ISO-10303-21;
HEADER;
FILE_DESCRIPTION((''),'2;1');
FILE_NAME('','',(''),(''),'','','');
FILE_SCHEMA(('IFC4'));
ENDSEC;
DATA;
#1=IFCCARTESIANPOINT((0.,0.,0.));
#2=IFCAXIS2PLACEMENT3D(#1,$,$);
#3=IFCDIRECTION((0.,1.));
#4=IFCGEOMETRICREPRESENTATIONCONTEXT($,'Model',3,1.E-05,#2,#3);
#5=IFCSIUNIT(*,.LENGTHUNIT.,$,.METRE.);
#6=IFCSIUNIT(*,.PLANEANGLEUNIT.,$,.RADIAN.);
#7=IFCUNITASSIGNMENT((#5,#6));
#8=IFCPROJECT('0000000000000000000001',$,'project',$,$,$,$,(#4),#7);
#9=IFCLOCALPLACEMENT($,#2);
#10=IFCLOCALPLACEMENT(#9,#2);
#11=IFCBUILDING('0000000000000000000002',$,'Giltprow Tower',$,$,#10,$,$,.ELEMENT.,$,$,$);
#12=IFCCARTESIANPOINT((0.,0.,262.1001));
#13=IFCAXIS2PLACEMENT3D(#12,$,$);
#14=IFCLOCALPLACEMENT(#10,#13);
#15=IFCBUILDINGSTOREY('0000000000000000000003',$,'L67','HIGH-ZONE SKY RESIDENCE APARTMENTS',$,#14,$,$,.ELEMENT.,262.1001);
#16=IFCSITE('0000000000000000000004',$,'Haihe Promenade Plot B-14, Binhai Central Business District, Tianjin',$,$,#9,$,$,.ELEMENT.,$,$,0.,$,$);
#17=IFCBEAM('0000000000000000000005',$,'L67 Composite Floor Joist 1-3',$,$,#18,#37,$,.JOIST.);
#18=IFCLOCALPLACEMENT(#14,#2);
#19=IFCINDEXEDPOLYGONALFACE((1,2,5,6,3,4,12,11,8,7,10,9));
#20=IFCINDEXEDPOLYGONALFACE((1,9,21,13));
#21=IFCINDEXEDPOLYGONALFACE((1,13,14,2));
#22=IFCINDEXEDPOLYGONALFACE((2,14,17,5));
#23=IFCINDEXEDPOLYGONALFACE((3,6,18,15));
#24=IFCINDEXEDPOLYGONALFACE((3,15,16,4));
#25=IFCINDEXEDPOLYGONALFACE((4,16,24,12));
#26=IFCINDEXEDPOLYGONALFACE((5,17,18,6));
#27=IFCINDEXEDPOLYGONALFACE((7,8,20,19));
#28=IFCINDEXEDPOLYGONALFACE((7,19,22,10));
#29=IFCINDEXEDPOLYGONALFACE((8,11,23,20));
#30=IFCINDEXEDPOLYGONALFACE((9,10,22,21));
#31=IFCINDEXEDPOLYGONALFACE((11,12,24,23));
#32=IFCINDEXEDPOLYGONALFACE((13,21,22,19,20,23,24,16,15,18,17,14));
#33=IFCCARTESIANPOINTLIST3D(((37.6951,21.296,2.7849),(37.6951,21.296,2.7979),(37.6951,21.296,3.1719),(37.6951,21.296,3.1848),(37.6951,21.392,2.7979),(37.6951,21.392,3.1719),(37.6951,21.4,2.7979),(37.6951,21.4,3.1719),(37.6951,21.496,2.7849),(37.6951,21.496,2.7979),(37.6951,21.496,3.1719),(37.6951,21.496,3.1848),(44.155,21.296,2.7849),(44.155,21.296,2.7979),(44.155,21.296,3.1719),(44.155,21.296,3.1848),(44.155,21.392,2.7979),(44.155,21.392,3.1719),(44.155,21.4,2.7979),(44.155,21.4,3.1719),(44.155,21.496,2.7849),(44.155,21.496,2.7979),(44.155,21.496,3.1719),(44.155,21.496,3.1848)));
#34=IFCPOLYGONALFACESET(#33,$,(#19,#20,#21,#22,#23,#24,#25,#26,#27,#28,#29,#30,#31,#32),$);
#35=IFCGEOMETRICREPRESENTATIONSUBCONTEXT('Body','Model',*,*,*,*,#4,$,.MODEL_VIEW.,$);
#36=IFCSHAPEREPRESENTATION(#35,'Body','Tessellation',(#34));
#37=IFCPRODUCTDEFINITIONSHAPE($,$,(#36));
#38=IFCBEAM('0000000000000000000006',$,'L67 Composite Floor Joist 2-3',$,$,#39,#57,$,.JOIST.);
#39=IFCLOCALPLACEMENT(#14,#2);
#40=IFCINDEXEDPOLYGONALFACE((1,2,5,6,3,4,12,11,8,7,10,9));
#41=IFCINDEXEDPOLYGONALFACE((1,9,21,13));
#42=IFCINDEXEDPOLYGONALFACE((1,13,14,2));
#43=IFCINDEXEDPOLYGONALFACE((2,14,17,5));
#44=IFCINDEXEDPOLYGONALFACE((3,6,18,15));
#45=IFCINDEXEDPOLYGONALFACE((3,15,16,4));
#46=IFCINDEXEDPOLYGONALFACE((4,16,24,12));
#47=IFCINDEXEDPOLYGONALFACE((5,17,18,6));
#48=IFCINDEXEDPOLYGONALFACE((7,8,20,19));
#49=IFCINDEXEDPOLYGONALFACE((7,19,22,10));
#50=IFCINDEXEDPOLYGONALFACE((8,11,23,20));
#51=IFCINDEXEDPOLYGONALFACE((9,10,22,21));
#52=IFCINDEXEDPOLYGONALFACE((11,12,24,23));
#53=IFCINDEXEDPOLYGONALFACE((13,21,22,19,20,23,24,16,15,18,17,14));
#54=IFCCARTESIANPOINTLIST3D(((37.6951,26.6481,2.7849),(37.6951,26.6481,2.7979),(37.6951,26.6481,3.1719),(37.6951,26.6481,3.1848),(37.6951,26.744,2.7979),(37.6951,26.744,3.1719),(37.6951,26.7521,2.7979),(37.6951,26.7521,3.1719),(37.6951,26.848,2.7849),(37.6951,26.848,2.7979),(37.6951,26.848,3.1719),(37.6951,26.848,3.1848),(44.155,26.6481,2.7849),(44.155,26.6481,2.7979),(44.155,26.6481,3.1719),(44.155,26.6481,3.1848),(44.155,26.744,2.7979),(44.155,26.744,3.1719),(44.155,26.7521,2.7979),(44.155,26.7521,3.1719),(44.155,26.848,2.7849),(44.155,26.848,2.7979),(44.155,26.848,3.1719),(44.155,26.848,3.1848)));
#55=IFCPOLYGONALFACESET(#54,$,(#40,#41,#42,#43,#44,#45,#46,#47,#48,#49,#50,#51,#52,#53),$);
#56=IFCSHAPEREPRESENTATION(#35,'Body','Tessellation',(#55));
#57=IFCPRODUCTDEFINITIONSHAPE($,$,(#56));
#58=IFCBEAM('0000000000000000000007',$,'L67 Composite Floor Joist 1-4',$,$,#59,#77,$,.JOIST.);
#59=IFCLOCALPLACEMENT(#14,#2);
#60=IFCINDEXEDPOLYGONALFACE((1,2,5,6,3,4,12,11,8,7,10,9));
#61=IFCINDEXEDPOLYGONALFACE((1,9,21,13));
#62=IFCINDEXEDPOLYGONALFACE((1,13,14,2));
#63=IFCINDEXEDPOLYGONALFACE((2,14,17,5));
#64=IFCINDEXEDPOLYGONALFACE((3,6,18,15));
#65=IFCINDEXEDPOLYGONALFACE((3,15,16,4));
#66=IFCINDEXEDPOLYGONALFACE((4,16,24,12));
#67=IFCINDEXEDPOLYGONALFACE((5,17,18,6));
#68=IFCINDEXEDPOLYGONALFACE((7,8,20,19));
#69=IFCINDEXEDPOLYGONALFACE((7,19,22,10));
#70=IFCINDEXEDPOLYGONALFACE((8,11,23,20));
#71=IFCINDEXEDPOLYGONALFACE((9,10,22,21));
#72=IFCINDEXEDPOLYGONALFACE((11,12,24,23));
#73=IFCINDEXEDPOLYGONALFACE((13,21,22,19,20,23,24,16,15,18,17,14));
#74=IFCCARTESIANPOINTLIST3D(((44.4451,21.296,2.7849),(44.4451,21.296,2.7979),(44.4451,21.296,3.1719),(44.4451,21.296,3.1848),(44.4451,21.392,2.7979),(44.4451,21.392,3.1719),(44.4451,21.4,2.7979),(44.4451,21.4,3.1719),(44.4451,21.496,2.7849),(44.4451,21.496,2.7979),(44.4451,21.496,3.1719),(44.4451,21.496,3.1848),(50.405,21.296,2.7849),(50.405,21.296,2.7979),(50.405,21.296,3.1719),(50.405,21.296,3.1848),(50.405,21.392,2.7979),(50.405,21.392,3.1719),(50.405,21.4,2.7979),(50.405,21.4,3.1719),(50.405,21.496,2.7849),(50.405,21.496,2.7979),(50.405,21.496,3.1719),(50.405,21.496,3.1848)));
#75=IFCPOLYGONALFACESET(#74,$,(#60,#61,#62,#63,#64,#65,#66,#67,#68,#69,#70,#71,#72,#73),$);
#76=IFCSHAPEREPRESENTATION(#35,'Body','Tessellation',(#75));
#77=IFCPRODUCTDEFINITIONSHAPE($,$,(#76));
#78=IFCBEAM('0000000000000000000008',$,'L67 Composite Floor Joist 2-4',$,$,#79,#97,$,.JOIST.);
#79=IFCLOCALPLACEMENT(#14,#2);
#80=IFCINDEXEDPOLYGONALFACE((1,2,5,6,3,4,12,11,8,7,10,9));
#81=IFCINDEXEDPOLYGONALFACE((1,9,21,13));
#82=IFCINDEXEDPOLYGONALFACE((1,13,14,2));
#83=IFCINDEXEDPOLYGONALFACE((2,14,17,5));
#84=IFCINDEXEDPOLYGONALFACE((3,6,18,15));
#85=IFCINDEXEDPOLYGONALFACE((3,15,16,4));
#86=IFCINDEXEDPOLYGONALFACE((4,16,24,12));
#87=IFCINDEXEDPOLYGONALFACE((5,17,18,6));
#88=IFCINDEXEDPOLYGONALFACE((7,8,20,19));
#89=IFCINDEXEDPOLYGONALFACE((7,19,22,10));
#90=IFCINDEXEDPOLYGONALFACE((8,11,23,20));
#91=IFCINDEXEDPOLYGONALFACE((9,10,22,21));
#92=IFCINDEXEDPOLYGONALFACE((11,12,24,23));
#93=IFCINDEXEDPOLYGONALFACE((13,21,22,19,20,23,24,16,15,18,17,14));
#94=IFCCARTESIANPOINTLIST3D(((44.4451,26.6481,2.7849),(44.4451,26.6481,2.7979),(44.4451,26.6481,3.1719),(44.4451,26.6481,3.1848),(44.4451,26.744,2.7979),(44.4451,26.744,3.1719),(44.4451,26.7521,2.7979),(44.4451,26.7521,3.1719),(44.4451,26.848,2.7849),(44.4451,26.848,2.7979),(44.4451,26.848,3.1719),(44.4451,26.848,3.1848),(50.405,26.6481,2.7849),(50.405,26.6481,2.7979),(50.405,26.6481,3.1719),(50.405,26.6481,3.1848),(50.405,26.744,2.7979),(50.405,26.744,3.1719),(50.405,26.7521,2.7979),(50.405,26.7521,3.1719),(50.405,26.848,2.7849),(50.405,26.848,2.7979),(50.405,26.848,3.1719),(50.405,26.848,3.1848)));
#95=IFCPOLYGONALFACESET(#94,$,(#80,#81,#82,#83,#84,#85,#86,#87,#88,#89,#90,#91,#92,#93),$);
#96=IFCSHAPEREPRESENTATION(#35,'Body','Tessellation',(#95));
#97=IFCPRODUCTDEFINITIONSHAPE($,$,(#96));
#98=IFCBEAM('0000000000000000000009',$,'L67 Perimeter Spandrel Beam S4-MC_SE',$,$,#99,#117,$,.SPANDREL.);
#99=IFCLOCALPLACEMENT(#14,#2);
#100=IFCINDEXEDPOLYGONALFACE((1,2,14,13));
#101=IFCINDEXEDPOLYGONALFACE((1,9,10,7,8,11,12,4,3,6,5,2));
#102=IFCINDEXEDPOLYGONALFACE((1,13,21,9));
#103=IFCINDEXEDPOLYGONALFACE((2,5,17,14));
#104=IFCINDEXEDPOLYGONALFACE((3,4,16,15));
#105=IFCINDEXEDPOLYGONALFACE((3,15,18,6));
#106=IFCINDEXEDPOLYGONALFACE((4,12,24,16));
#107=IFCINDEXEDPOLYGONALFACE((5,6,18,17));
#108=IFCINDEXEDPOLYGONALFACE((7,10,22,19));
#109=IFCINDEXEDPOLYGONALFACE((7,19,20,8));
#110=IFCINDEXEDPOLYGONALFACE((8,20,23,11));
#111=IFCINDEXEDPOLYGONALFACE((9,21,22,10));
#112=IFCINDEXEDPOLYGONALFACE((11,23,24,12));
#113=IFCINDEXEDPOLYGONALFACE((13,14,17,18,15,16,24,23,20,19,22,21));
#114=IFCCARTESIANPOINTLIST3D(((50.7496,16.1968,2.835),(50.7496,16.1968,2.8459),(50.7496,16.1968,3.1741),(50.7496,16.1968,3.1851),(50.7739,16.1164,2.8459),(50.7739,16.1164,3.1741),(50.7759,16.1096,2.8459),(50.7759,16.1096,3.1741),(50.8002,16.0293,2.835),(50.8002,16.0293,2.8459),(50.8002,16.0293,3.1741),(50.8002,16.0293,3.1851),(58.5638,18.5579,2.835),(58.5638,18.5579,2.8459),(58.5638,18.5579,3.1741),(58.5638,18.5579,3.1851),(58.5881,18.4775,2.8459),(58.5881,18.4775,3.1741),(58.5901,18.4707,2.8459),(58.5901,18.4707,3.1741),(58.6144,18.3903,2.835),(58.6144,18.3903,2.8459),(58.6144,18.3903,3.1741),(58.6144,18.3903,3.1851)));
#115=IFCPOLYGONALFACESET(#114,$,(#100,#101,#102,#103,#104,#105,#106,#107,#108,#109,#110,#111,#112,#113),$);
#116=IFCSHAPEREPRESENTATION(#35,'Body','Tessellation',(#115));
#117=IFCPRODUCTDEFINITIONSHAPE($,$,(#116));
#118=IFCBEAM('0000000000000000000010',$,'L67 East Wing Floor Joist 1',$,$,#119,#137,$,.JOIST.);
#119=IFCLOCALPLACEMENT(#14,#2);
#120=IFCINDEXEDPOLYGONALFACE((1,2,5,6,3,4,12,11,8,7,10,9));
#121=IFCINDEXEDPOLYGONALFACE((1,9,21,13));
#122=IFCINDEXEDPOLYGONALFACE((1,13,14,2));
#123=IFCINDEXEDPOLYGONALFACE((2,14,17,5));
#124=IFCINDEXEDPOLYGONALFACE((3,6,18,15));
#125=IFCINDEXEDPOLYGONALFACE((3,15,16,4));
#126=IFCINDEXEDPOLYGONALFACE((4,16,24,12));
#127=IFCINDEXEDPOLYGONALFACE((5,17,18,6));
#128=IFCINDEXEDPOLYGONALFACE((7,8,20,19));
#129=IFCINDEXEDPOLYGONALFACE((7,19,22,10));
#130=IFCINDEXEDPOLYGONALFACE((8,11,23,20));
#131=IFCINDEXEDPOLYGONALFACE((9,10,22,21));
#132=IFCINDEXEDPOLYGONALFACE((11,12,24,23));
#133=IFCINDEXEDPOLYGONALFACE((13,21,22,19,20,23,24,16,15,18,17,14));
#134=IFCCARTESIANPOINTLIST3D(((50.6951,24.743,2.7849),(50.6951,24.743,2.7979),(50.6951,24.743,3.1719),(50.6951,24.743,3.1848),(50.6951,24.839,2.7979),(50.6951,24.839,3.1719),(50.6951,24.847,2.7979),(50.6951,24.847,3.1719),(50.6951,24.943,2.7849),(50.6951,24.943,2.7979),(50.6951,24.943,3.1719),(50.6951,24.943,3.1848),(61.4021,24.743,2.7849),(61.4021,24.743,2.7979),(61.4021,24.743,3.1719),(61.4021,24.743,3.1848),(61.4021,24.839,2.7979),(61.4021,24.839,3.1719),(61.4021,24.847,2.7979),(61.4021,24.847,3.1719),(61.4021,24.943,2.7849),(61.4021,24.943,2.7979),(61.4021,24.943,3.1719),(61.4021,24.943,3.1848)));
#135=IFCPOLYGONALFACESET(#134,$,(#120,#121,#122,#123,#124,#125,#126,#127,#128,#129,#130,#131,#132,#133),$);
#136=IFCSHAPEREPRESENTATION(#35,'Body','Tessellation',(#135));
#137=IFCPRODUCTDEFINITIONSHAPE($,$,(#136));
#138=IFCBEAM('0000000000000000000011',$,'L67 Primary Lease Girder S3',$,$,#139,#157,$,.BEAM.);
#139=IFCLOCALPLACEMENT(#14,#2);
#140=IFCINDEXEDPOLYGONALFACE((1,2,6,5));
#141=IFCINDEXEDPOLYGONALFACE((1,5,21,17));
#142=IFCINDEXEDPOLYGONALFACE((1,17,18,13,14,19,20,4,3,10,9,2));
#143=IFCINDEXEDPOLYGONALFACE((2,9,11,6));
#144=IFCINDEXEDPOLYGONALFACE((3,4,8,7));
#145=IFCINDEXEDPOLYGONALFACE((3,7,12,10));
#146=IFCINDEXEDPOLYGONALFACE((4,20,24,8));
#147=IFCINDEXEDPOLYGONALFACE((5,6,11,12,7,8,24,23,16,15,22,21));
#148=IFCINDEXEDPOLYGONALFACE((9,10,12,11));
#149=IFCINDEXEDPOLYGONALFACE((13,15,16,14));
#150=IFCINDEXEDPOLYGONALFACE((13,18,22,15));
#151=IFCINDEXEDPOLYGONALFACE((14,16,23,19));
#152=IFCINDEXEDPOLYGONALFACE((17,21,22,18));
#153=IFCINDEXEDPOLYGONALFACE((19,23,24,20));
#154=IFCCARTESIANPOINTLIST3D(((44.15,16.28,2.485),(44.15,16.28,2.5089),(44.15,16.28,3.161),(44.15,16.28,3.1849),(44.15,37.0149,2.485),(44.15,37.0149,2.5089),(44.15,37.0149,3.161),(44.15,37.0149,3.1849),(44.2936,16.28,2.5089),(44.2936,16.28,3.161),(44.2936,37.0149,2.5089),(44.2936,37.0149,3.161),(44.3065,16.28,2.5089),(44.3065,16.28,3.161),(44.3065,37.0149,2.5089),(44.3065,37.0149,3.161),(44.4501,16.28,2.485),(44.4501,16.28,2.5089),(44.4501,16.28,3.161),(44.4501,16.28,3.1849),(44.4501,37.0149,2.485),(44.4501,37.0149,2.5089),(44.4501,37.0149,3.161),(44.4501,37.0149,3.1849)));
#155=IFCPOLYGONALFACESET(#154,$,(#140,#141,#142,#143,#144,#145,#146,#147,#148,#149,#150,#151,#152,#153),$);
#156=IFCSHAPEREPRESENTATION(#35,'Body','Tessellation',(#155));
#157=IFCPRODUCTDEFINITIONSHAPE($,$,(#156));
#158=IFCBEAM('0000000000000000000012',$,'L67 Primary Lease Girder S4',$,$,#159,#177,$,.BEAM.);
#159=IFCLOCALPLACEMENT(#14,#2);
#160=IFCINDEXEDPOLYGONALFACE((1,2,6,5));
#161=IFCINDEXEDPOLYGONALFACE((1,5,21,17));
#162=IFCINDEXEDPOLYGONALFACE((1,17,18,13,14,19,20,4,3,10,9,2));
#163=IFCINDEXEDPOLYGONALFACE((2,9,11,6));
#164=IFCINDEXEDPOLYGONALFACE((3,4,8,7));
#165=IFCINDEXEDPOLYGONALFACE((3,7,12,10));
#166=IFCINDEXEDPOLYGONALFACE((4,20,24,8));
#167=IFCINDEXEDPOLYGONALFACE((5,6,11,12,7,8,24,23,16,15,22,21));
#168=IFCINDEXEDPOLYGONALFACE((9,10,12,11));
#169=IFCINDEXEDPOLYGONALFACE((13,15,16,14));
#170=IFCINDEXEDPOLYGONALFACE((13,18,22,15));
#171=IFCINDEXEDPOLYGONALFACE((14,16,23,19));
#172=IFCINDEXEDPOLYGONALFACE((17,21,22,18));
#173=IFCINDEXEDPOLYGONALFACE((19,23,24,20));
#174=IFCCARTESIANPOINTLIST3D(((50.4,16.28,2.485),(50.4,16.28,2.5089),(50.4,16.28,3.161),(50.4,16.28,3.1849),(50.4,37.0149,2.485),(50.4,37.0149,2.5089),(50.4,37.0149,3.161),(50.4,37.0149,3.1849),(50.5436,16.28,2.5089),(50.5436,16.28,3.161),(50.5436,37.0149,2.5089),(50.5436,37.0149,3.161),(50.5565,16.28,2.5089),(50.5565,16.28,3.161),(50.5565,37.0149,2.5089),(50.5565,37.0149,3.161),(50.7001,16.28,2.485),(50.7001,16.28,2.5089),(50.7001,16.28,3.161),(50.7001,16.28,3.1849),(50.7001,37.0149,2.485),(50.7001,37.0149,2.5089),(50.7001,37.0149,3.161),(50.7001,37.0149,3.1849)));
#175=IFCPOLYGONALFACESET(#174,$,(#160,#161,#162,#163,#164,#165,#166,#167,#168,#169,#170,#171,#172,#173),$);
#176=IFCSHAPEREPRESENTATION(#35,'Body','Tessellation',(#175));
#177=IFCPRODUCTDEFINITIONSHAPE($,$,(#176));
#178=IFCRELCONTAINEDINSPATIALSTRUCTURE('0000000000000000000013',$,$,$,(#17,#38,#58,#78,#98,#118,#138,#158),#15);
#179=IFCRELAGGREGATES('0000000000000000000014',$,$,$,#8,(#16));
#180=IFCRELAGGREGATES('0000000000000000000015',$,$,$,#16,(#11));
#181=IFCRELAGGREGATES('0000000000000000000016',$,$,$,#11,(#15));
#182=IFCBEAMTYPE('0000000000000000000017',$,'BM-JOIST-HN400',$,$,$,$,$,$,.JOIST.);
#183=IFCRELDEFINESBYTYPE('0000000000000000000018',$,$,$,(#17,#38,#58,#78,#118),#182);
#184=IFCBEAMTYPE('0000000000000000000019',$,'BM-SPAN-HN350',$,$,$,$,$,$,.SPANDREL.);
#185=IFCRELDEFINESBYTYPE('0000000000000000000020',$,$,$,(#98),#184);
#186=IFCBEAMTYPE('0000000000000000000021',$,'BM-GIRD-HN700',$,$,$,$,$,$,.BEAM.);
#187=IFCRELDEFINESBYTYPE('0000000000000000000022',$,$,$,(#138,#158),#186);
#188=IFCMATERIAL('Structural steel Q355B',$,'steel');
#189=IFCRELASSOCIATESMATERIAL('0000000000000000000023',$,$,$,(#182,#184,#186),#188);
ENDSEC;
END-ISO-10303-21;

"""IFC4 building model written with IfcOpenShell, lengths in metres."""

from ifc_helpers import new_model, si_unit, direction, frame, origin, origin_2d, place, context, subcontext, project, spatial, i_section, extrude, source, transform, mapped, material, material_profile, profile_set, type_object, element, save


model = new_model("IFC4")

# Units and contexts
model_context = context("Model", 3, precision=1e-05, world=origin(), true_north=direction((0.0, 1.0)))
body_context = subcontext(model_context, "Body", "Model", "MODEL_VIEW")
ifc_project = project(units=[si_unit("LENGTHUNIT", "METRE"), si_unit("PLANEANGLEUNIT", "RADIAN")], contexts=[model_context])

# Site, building, storey
site_placement = place(None, origin())
site = spatial("IfcSite", under=ifc_project, at=site_placement, Name="Haihe Promenade Plot B-14, Binhai Central Business District, Tianjin", CompositionType="ELEMENT", RefElevation=0.0)
building_placement = place(site_placement, origin())
building = spatial("IfcBuilding", under=site, at=building_placement, Name="Giltprow Tower", CompositionType="ELEMENT")
storey_placement = place(building_placement, frame((0.0, 0.0, 262.1001)))
storey = spatial("IfcBuildingStorey", under=building, at=storey_placement, Name="L67", Description="HIGH-ZONE SKY RESIDENCE APARTMENTS", CompositionType="ELEMENT", Elevation=262.1001)

# Beams
ifc_material_1 = material(Name="Structural steel Q355B", Category="steel")
ifc_material_profile_1 = material_profile(ifc_material_1, i_section(OverallWidth=0.2, OverallDepth=0.3999, WebThickness=0.0081, FlangeThickness=0.0129, at=origin_2d()), Name="HN 400x200x8x13")
ifc_profile_set_1 = profile_set([ifc_material_profile_1], Name="Structural steel Q355B")
beam_type_1 = type_object("IfcBeamType", Name="BM-JOIST-HN400", PredefinedType="JOIST", material=ifc_profile_set_1)
shared_shape_1 = source(origin(), body_context, "Body", "SweptSolid", [
    extrude(i_section(OverallWidth=0.2, OverallDepth=0.3999, WebThickness=0.0081, FlangeThickness=0.0129, at=origin_2d()), origin(), (0.0, 0.0, 1.0), 6.46),
])
for number, where, z_axis, x_axis, name in (
    (1, (37.6951, 21.396, 2.9849), (1.0, 0.0, 0.0), (0.0, 1.0, 0.0), "L67 Composite Floor Joist 1-3"),
    (2, (37.6951, 26.748, 2.9849), (1.0, 0.0, 0.0), (0.0, 1.0, 0.0), "L67 Composite Floor Joist 2-3"),
):
    element("IfcBeam", number, at=place(storey_placement, frame(where, z_axis=z_axis, x_axis=x_axis)), inside=storey, type_object=beam_type_1, Name=name, PredefinedType="JOIST", context=body_context, shape_type="MappedRepresentation", body=[
        mapped(shared_shape_1, transform((0.0, 0.0, 0.0), x_axis=(1.0, 0.0, 0.0), y_axis=(0.0, 1.0, 0.0), z_axis=(0.0, 0.0, 1.0), scale=1.0)),
    ])
shared_shape_2 = source(origin(), body_context, "Body", "SweptSolid", [
    extrude(i_section(OverallWidth=0.2, OverallDepth=0.3999, WebThickness=0.0081, FlangeThickness=0.0129, at=origin_2d()), origin(), (0.0, 0.0, 1.0), 5.96),
])
for number, where, z_axis, x_axis, name in (
    (3, (44.4451, 21.396, 2.9849), (1.0, 0.0, 0.0), (0.0, 1.0, 0.0), "L67 Composite Floor Joist 1-4"),
    (4, (44.4451, 26.748, 2.9849), (1.0, 0.0, 0.0), (0.0, 1.0, 0.0), "L67 Composite Floor Joist 2-4"),
):
    element("IfcBeam", number, at=place(storey_placement, frame(where, z_axis=z_axis, x_axis=x_axis)), inside=storey, type_object=beam_type_1, Name=name, PredefinedType="JOIST", context=body_context, shape_type="MappedRepresentation", body=[
        mapped(shared_shape_2, transform((0.0, 0.0, 0.0), x_axis=(1.0, 0.0, 0.0), y_axis=(0.0, 1.0, 0.0), z_axis=(0.0, 0.0, 1.0), scale=1.0)),
    ])
ifc_material_profile_2 = material_profile(ifc_material_1, i_section(OverallWidth=0.175, OverallDepth=0.3501, WebThickness=0.0071, FlangeThickness=0.011, at=origin_2d()), Name="HN 350x175x7x11")
ifc_profile_set_2 = profile_set([ifc_material_profile_2], Name="Structural steel Q355B")
beam_type_2 = type_object("IfcBeamType", Name="BM-SPAN-HN350", PredefinedType="SPANDREL", material=ifc_profile_set_2)
shared_shape_3 = source(origin(), body_context, "Body", "SweptSolid", [
    extrude(i_section(OverallWidth=0.175, OverallDepth=0.3501, WebThickness=0.0071, FlangeThickness=0.011, at=origin_2d()), origin(), (0.0, 0.0, 1.0), 8.1631),
])
beam_1_placement = place(storey_placement, frame((50.7749, 16.113, 3.01), z_axis=(0.957257, 0.289238, 0.0), x_axis=(-0.289238, 0.957257, 0.0)))
element("IfcBeam", 5, at=beam_1_placement, inside=storey, type_object=beam_type_2, Name="L67 Perimeter Spandrel Beam S4-MC_SE", PredefinedType="SPANDREL", context=body_context, shape_type="MappedRepresentation", body=[
    mapped(shared_shape_3, transform((0.0, 0.0, 0.0), x_axis=(1.0, 0.0, 0.0), y_axis=(0.0, 1.0, 0.0), z_axis=(0.0, 0.0, 1.0), scale=1.0)),
])
shared_shape_4 = source(origin(), body_context, "Body", "SweptSolid", [
    extrude(i_section(OverallWidth=0.2, OverallDepth=0.3999, WebThickness=0.0081, FlangeThickness=0.0129, at=origin_2d()), origin(), (0.0, 0.0, 1.0), 10.707),
])
beam_2_placement = place(storey_placement, frame((50.6951, 24.843, 2.9849), z_axis=(1.0, 0.0, 0.0), x_axis=(0.0, 1.0, 0.0)))
element("IfcBeam", 6, at=beam_2_placement, inside=storey, type_object=beam_type_1, Name="L67 East Wing Floor Joist 1", PredefinedType="JOIST", context=body_context, shape_type="MappedRepresentation", body=[
    mapped(shared_shape_4, transform((0.0, 0.0, 0.0), x_axis=(1.0, 0.0, 0.0), y_axis=(0.0, 1.0, 0.0), z_axis=(0.0, 0.0, 1.0), scale=1.0)),
])
ifc_material_profile_3 = material_profile(ifc_material_1, i_section(OverallWidth=0.3, OverallDepth=0.7, WebThickness=0.0129, FlangeThickness=0.0239, at=origin_2d()), Name="HN 700x300x13x24")
ifc_profile_set_3 = profile_set([ifc_material_profile_3], Name="Structural steel Q355B")
beam_type_3 = type_object("IfcBeamType", Name="BM-GIRD-HN700", PredefinedType="BEAM", material=ifc_profile_set_3)
shared_shape_5 = source(origin(), body_context, "Body", "SweptSolid", [
    extrude(i_section(OverallWidth=0.3, OverallDepth=0.7, WebThickness=0.0129, FlangeThickness=0.0239, at=origin_2d()), origin(), (0.0, 0.0, 1.0), 20.7349),
])
for number, where, z_axis, x_axis, name in (
    (7, (44.3, 16.28, 2.835), (0.0, 1.0, 0.0), (-1.0, 0.0, 0.0), "L67 Primary Lease Girder S3"),
    (8, (50.55, 16.28, 2.835), (0.0, 1.0, 0.0), (-1.0, 0.0, 0.0), "L67 Primary Lease Girder S4"),
):
    element("IfcBeam", number, at=place(storey_placement, frame(where, z_axis=z_axis, x_axis=x_axis)), inside=storey, type_object=beam_type_3, Name=name, PredefinedType="BEAM", context=body_context, shape_type="MappedRepresentation", body=[
        mapped(shared_shape_5, transform((0.0, 0.0, 0.0), x_axis=(1.0, 0.0, 0.0), y_axis=(0.0, 1.0, 0.0), z_axis=(0.0, 0.0, 1.0), scale=1.0)),
    ])

save(model, "model.ifc")
